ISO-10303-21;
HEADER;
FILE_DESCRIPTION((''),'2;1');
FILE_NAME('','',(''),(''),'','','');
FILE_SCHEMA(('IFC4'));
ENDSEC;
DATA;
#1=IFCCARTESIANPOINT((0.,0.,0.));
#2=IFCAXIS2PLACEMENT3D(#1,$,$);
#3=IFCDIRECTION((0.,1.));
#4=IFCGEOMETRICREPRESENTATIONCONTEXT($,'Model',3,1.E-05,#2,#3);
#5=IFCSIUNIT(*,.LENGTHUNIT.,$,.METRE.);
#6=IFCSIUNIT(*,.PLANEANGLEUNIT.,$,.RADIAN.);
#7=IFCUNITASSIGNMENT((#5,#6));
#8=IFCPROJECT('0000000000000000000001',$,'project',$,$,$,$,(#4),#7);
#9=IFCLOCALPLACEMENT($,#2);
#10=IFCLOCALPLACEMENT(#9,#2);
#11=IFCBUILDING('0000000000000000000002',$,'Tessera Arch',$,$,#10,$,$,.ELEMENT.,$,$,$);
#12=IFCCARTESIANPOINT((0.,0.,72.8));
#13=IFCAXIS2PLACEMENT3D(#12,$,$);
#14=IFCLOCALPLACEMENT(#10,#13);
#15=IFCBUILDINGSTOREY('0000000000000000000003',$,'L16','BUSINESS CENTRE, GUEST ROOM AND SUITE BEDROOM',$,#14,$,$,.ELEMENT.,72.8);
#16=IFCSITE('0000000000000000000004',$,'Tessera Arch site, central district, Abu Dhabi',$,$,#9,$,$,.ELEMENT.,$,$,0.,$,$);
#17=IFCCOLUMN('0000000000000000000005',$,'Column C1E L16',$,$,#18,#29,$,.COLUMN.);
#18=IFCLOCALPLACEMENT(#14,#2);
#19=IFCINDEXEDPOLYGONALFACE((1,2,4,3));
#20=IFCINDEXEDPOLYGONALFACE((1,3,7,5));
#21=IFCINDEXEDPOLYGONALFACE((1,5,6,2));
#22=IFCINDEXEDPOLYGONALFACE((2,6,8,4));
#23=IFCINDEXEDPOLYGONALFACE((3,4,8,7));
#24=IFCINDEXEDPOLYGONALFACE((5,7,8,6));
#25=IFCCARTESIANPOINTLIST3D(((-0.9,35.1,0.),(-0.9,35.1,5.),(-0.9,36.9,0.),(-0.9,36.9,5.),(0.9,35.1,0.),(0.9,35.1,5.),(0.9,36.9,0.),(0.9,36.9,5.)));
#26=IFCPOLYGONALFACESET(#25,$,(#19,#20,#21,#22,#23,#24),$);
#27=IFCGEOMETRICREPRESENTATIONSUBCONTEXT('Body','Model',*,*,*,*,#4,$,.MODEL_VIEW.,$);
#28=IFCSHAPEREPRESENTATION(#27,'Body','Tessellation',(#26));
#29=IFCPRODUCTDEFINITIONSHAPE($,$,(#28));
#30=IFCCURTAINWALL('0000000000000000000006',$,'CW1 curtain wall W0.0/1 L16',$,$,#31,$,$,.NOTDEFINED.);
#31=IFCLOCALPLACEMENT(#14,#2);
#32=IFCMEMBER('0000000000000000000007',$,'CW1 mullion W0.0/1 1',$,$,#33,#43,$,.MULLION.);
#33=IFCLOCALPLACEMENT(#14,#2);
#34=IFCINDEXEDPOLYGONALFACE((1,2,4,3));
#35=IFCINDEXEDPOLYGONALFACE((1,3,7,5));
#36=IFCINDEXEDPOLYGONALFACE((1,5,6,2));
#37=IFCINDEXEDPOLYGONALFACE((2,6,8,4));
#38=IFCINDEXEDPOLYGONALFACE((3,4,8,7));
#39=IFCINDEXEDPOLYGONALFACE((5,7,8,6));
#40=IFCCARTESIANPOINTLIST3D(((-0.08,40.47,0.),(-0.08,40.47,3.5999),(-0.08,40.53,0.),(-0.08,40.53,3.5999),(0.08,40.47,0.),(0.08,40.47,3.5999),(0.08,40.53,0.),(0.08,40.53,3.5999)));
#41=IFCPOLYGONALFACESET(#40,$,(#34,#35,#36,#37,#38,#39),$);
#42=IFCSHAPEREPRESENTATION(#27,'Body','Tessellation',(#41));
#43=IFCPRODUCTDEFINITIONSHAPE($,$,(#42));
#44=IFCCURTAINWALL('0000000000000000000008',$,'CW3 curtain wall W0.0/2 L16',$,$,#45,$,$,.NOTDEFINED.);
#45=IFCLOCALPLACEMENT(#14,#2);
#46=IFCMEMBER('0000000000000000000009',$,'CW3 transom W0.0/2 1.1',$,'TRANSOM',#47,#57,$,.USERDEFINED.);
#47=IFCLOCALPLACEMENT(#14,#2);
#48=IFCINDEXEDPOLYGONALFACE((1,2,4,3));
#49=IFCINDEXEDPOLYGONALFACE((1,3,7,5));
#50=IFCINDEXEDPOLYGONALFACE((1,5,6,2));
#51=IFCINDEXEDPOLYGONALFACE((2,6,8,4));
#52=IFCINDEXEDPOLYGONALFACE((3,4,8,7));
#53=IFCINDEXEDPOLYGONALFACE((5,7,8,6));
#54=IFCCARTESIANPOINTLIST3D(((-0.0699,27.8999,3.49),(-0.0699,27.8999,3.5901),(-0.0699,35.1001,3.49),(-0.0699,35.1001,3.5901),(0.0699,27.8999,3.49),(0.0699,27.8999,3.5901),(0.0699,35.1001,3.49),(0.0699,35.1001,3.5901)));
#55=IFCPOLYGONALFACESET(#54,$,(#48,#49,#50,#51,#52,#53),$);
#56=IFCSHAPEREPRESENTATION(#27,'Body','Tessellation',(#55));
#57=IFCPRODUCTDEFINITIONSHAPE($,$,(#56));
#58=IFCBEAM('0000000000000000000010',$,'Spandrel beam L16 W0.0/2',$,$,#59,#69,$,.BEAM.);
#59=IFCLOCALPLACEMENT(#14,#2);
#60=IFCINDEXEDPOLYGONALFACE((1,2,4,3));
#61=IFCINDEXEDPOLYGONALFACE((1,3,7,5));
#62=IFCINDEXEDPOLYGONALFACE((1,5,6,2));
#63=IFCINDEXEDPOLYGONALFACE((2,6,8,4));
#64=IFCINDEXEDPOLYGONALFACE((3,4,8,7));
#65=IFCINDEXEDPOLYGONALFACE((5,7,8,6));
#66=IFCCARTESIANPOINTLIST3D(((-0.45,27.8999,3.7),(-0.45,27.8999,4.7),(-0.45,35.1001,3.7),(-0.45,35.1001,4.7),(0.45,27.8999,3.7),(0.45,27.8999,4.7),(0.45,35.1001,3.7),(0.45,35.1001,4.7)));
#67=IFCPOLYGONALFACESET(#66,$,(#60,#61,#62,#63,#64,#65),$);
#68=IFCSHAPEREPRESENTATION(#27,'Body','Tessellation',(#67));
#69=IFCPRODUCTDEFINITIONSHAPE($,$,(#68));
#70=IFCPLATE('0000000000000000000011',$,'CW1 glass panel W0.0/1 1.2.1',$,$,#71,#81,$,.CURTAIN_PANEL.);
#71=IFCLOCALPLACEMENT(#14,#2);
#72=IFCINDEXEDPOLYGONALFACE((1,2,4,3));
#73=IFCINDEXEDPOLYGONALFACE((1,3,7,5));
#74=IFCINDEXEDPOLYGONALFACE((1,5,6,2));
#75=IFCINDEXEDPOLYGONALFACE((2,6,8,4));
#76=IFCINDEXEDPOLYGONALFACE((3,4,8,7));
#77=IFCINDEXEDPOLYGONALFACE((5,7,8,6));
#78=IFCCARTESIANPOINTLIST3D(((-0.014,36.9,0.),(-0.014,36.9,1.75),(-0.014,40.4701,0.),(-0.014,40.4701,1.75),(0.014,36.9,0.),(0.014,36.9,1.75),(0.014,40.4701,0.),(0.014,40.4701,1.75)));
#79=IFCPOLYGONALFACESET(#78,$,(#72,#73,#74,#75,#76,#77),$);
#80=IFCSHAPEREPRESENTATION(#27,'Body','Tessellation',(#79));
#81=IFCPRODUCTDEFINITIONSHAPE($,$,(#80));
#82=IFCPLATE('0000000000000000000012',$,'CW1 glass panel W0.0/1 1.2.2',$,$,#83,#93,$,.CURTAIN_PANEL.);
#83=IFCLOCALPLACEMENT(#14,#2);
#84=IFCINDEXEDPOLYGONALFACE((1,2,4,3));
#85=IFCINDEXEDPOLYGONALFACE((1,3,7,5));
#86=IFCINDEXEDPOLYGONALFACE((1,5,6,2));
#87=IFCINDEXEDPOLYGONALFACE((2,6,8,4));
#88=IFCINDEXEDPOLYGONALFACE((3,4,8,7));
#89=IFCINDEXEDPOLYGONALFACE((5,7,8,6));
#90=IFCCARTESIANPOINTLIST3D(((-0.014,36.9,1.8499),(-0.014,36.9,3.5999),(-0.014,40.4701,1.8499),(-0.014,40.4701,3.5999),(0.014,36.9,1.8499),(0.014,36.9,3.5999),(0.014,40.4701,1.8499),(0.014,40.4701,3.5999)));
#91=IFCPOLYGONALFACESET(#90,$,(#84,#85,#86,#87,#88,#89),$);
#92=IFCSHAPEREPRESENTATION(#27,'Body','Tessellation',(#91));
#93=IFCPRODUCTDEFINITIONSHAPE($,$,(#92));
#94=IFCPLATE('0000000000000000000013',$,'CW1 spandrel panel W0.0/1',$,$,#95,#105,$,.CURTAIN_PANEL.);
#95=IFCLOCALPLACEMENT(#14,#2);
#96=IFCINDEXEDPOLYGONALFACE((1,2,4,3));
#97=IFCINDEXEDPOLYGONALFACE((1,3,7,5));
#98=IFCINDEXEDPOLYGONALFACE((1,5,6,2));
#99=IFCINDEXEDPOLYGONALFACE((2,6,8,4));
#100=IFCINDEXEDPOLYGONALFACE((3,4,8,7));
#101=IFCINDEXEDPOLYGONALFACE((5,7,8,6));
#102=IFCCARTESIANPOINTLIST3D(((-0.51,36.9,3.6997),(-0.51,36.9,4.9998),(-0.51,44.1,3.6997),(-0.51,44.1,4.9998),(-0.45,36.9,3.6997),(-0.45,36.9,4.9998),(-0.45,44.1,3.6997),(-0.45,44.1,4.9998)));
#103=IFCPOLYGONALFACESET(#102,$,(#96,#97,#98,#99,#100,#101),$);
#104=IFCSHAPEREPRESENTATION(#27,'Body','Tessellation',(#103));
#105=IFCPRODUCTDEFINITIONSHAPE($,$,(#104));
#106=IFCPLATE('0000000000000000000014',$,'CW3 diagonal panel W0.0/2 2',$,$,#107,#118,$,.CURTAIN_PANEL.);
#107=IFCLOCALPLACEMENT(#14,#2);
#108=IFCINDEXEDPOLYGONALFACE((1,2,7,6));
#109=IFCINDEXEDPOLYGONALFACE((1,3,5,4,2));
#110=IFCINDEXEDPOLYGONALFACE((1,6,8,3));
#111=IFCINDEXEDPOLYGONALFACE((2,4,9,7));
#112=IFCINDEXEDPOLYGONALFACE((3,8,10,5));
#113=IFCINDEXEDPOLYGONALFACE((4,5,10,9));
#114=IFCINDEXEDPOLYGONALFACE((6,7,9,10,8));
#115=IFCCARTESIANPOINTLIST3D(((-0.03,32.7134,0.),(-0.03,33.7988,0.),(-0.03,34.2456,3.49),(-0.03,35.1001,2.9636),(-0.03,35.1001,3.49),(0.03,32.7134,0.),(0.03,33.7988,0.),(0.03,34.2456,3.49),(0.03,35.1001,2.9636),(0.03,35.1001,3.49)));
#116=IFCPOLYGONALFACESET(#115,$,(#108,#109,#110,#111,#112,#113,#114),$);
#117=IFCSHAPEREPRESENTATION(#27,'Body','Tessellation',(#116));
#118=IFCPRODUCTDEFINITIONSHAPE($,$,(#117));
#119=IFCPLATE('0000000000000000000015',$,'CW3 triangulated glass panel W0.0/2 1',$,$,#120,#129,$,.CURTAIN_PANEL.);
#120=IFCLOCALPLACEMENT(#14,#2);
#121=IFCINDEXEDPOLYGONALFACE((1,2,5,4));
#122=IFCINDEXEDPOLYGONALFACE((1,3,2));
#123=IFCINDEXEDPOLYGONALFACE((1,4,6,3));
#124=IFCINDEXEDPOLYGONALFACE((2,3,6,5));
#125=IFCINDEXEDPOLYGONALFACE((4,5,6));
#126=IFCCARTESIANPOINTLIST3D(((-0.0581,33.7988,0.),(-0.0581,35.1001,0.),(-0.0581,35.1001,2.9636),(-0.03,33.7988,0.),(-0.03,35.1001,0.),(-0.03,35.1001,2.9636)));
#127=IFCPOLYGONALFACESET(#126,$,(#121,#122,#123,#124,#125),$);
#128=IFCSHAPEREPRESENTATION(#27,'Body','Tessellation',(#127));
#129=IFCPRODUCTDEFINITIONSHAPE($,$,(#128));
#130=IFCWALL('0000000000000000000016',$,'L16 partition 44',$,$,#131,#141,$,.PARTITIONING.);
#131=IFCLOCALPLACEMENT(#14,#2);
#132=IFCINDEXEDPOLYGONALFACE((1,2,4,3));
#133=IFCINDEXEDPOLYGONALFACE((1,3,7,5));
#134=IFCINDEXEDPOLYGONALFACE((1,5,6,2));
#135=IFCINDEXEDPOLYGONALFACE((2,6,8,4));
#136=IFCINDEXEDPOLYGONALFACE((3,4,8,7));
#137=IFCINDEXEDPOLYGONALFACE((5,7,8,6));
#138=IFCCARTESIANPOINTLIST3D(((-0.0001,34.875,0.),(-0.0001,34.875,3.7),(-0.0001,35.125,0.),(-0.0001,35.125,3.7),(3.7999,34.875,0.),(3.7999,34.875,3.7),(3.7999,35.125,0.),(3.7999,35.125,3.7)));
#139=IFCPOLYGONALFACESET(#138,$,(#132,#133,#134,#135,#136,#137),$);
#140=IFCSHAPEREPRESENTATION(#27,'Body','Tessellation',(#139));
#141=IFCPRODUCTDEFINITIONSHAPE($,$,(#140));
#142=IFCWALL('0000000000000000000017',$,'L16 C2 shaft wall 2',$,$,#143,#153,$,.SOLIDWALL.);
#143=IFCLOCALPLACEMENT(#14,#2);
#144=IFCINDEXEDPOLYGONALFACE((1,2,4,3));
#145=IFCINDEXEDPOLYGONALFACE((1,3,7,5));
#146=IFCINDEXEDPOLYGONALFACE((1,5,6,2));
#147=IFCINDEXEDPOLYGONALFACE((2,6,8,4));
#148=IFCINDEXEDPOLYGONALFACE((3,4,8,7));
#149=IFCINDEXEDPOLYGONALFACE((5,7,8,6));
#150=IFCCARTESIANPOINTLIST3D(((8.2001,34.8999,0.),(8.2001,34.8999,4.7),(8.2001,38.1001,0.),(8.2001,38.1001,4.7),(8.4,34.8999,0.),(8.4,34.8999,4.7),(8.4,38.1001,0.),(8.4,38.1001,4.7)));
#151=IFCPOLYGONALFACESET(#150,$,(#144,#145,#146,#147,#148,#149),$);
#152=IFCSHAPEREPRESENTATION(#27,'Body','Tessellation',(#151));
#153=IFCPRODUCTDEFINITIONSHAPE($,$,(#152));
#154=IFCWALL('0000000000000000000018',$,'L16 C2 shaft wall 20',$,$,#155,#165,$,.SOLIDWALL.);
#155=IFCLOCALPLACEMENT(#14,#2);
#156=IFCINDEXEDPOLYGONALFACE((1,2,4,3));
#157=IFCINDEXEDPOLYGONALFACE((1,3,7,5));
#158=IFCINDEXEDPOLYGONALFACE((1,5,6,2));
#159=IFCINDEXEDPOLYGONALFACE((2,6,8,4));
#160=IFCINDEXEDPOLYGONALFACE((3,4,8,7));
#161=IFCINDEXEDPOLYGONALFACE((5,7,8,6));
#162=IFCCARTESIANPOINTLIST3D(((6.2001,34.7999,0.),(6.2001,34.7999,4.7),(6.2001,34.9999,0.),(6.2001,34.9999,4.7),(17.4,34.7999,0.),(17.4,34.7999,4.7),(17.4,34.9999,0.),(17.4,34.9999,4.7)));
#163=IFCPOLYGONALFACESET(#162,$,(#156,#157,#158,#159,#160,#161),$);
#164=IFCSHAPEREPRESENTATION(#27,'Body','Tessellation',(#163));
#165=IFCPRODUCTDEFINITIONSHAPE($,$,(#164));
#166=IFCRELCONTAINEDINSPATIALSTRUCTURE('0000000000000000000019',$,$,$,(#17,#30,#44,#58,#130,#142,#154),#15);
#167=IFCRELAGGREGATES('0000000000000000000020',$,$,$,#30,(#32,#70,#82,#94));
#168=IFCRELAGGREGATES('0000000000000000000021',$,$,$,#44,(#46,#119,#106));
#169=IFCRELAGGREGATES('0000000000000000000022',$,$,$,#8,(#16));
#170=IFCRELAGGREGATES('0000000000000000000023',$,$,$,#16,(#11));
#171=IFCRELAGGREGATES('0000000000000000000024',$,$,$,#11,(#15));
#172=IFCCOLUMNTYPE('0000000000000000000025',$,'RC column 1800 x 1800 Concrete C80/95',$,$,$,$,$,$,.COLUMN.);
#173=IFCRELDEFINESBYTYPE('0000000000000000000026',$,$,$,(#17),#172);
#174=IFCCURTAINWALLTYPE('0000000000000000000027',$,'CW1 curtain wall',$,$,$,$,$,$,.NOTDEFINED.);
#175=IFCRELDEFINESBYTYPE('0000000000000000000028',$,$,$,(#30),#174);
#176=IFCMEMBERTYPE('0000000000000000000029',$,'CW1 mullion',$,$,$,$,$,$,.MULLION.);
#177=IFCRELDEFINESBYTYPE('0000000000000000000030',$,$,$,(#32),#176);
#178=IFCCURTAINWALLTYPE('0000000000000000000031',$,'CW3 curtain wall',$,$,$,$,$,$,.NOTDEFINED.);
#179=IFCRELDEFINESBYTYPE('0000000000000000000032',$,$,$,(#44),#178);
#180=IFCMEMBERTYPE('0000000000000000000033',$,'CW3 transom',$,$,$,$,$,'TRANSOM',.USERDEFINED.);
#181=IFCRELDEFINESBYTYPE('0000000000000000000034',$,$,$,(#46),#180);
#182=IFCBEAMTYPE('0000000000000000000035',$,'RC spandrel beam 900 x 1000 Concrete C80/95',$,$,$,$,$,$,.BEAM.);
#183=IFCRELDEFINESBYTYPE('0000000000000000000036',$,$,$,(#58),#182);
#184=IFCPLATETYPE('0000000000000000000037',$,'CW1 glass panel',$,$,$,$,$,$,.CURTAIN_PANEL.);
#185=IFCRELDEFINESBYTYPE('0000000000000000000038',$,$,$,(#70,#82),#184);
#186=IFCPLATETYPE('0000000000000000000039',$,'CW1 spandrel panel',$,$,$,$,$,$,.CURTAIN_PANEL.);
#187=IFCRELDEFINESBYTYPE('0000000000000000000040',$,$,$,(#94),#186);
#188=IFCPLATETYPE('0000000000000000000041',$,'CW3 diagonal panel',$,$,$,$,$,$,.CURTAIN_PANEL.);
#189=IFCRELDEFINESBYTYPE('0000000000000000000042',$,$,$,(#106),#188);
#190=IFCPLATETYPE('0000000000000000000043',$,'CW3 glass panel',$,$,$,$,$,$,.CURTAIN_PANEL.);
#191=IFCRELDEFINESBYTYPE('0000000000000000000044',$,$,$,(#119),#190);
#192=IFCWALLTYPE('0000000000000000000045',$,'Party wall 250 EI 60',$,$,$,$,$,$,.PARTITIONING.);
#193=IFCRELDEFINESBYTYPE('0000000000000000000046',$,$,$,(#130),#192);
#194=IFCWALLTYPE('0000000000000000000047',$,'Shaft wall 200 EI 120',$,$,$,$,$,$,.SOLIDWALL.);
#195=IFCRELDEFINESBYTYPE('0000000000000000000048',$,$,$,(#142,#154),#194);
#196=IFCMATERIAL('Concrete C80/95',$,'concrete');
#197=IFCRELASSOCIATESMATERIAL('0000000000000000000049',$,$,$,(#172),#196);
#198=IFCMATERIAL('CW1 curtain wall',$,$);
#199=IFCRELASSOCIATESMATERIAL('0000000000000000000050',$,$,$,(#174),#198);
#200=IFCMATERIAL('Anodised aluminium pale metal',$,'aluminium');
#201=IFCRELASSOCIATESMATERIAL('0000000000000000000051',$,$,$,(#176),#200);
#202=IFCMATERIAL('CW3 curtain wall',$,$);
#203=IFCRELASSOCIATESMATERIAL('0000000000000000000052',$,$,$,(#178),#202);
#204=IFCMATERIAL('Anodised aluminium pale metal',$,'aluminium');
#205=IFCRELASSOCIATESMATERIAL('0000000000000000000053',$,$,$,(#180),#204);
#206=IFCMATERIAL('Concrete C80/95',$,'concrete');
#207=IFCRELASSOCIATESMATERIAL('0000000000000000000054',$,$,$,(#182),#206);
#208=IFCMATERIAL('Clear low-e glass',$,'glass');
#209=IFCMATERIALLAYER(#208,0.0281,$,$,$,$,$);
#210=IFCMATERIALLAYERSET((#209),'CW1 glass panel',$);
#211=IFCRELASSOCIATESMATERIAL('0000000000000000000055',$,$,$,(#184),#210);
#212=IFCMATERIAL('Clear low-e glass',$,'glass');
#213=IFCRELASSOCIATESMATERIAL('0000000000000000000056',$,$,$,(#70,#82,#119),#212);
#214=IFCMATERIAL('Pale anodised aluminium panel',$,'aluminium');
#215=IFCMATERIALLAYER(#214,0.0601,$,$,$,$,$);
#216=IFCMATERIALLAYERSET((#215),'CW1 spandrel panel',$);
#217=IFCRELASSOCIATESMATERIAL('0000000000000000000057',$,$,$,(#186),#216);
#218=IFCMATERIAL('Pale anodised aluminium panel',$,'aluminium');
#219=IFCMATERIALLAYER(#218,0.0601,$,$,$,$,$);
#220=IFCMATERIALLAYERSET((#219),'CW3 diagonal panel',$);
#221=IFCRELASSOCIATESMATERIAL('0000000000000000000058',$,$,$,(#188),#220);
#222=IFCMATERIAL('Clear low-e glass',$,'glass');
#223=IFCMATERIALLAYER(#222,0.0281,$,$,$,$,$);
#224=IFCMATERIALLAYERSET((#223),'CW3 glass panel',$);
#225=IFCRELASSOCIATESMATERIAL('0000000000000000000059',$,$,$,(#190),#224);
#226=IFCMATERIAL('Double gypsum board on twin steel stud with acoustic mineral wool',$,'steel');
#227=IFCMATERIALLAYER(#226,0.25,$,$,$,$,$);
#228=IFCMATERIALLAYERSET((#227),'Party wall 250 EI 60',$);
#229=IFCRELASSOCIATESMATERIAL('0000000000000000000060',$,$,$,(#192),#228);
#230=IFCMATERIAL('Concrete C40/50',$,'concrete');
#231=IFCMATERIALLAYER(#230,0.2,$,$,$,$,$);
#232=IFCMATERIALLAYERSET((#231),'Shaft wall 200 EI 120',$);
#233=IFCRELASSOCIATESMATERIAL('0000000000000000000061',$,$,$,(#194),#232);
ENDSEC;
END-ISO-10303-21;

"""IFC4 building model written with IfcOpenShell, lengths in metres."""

from ifc_helpers import new_model, si_unit, direction, frame, frame_2d, origin, origin_2d, place, context, subcontext, project, spatial, polyline, rectangle, outline, extrude, material, layer, layer_set, material_profile, profile_set, type_object, element, aggregate, save


model = new_model("IFC4")

# Units and contexts
model_context = context("Model", 3, precision=1e-05, world=origin(), true_north=direction((0.0, 1.0)))
body_context = subcontext(model_context, "Body", "Model", "MODEL_VIEW")
ifc_project = project(units=[si_unit("LENGTHUNIT", "METRE"), si_unit("PLANEANGLEUNIT", "RADIAN")], contexts=[model_context])

# Site, building, storey
site_placement = place(None, origin())
site = spatial("IfcSite", under=ifc_project, at=site_placement, Name="Tessera Arch site, central district, Abu Dhabi", CompositionType="ELEMENT", RefElevation=0.0)
building_placement = place(site_placement, origin())
building = spatial("IfcBuilding", under=site, at=building_placement, Name="Tessera Arch", CompositionType="ELEMENT")
storey_placement = place(building_placement, frame((0.0, 0.0, 72.8)))
storey = spatial("IfcBuildingStorey", under=building, at=storey_placement, Name="L16", Description="BUSINESS CENTRE, GUEST ROOM AND SUITE BEDROOM", CompositionType="ELEMENT", Elevation=72.8)

# Column
ifc_material_1 = material(Name="Concrete C80/95", Category="concrete")
ifc_material_profile_1 = material_profile(ifc_material_1, rectangle(XDim=1.8, YDim=1.8, at=origin_2d()), Name="RC column 1800 x 1800 Concrete C80/95")
ifc_profile_set_1 = profile_set([ifc_material_profile_1], Name="Concrete C80/95")
column_type = type_object("IfcColumnType", Name="RC column 1800 x 1800 Concrete C80/95", PredefinedType="COLUMN", material=ifc_profile_set_1)
column_placement = place(storey_placement, frame((0.0, 36.0, 0.0), z_axis=(0.0, 0.0, 1.0), x_axis=(1.0, 0.0, 0.0)))
element("IfcColumn", 1, at=column_placement, inside=storey, type_object=column_type, Name="Column C1E L16", PredefinedType="COLUMN", context=body_context, shape_type="SweptSolid", body=[
    extrude(rectangle(XDim=1.8, YDim=1.8, at=origin_2d()), origin(), (0.0, 0.0, 1.0), 5.0),
])

# Curtain walls, members
ifc_material_2 = material(Name="CW1 curtain wall")
curtain_wall_type_1 = type_object("IfcCurtainWallType", Name="CW1 curtain wall", PredefinedType="NOTDEFINED", material=ifc_material_2)
curtain_wall_1_placement = place(storey_placement, origin())
curtain_wall_1 = element("IfcCurtainWall", 2, at=curtain_wall_1_placement, inside=storey, type_object=curtain_wall_type_1, Name="CW1 curtain wall W0.0/1 L16", PredefinedType="NOTDEFINED")
ifc_material_3 = material(Name="Anodised aluminium pale metal", Category="aluminium")
ifc_material_profile_2 = material_profile(ifc_material_3, rectangle(XDim=0.1599, YDim=0.0601, at=origin_2d()), Name="AL 60x160")
ifc_profile_set_2 = profile_set([ifc_material_profile_2], Name="Anodised aluminium pale metal")
member_type_1 = type_object("IfcMemberType", Name="CW1 mullion", PredefinedType="MULLION", material=ifc_profile_set_2)
member_1_placement = place(storey_placement, frame((0.0, 40.5, 0.0), z_axis=(0.0, 0.0, 1.0), x_axis=(1.0, 0.0, 0.0)))
member_1 = element("IfcMember", 3, at=member_1_placement, type_object=member_type_1, Name="CW1 mullion W0.0/1 1", PredefinedType="MULLION", context=body_context, shape_type="SweptSolid", body=[
    extrude(rectangle(XDim=0.1599, YDim=0.0601, at=origin_2d()), origin(), (0.0, 0.0, 1.0), 3.5999),
])
ifc_material_4 = material(Name="CW3 curtain wall")
curtain_wall_type_2 = type_object("IfcCurtainWallType", Name="CW3 curtain wall", PredefinedType="NOTDEFINED", material=ifc_material_4)
curtain_wall_2_placement = place(storey_placement, origin())
curtain_wall_2 = element("IfcCurtainWall", 4, at=curtain_wall_2_placement, inside=storey, type_object=curtain_wall_type_2, Name="CW3 curtain wall W0.0/2 L16", PredefinedType="NOTDEFINED")
ifc_material_5 = material(Name="Anodised aluminium pale metal", Category="aluminium")
ifc_material_profile_3 = material_profile(ifc_material_5, rectangle(XDim=0.1399, YDim=0.1001, at=origin_2d()), Name="AL 140x100")
ifc_profile_set_3 = profile_set([ifc_material_profile_3], Name="Anodised aluminium pale metal")
member_type_2 = type_object("IfcMemberType", Name="CW3 transom", ElementType="TRANSOM", PredefinedType="USERDEFINED", material=ifc_profile_set_3)
member_2_placement = place(storey_placement, frame((0.0, 35.1001, 3.54), z_axis=(0.0, -1.0, 0.0), x_axis=(1.0, 0.0, 0.0)))
member_2 = element("IfcMember", 5, at=member_2_placement, type_object=member_type_2, Name="CW3 transom W0.0/2 1.1", ObjectType="TRANSOM", PredefinedType="USERDEFINED", context=body_context, shape_type="SweptSolid", body=[
    extrude(rectangle(XDim=0.1399, YDim=0.1001, at=origin_2d()), origin(), (0.0, 0.0, 1.0), 7.2002),
])

# Beam
ifc_material_6 = material(Name="Concrete C80/95", Category="concrete")
ifc_material_profile_4 = material_profile(ifc_material_6, rectangle(XDim=0.8999, YDim=1.0, at=origin_2d()), Name="RC spandrel beam 900 x 1000 Concrete C80/95")
ifc_profile_set_4 = profile_set([ifc_material_profile_4], Name="Concrete C80/95")
beam_type = type_object("IfcBeamType", Name="RC spandrel beam 900 x 1000 Concrete C80/95", PredefinedType="BEAM", material=ifc_profile_set_4)
beam_placement = place(storey_placement, frame((0.0, 35.1001, 4.2), z_axis=(0.0, -1.0, 0.0), x_axis=(1.0, 0.0, 0.0)))
element("IfcBeam", 6, at=beam_placement, inside=storey, type_object=beam_type, Name="Spandrel beam L16 W0.0/2", PredefinedType="BEAM", context=body_context, shape_type="SweptSolid", body=[
    extrude(rectangle(XDim=0.8999, YDim=1.0, at=origin_2d()), origin(), (0.0, 0.0, 1.0), 7.2002),
])

# Plates
ifc_material_7 = material(Name="Clear low-e glass", Category="glass")
ifc_material_8 = material(Name="Clear low-e glass", Category="glass")
ifc_layer_1 = layer(ifc_material_8, 0.0281)
ifc_layer_set_1 = layer_set([ifc_layer_1], Name="CW1 glass panel")
plate_type_1 = type_object("IfcPlateType", Name="CW1 glass panel", PredefinedType="CURTAIN_PANEL", material=ifc_layer_set_1)
plate_1_placement = place(storey_placement, frame((0.0, 38.6851, 0.0), z_axis=(0.0, 0.0, 1.0), x_axis=(0.0, -1.0, 0.0)))
plate_1 = element("IfcPlate", 7, at=plate_1_placement, type_object=plate_type_1, material=ifc_material_7, Name="CW1 glass panel W0.0/1 1.2.1", PredefinedType="CURTAIN_PANEL", context=body_context, shape_type="SweptSolid", body=[
    extrude(rectangle(XDim=3.5701, YDim=0.0281, at=origin_2d()), origin(), (0.0, 0.0, 1.0), 1.75),
])
plate_2_placement = place(storey_placement, frame((0.0, 38.6851, 1.8499), z_axis=(0.0, 0.0, 1.0), x_axis=(0.0, -1.0, 0.0)))
plate_2 = element("IfcPlate", 8, at=plate_2_placement, type_object=plate_type_1, material=ifc_material_7, Name="CW1 glass panel W0.0/1 1.2.2", PredefinedType="CURTAIN_PANEL", context=body_context, shape_type="SweptSolid", body=[
    extrude(rectangle(XDim=3.5701, YDim=0.0281, at=origin_2d()), origin(), (0.0, 0.0, 1.0), 1.75),
])
ifc_material_9 = material(Name="Pale anodised aluminium panel", Category="aluminium")
ifc_layer_2 = layer(ifc_material_9, 0.0601)
ifc_layer_set_2 = layer_set([ifc_layer_2], Name="CW1 spandrel panel")
plate_type_2 = type_object("IfcPlateType", Name="CW1 spandrel panel", PredefinedType="CURTAIN_PANEL", material=ifc_layer_set_2)
plate_3_placement = place(storey_placement, frame((-0.48, 40.5, 3.6997), z_axis=(0.0, 0.0, 1.0), x_axis=(0.0, -1.0, 0.0)))
plate_3 = element("IfcPlate", 9, at=plate_3_placement, type_object=plate_type_2, Name="CW1 spandrel panel W0.0/1", PredefinedType="CURTAIN_PANEL", context=body_context, shape_type="SweptSolid", body=[
    extrude(rectangle(XDim=7.2, YDim=0.0601, at=origin_2d()), origin(), (0.0, 0.0, 1.0), 1.3),
])
aggregate(curtain_wall_1, [member_1, plate_1, plate_2, plate_3])
ifc_material_10 = material(Name="Pale anodised aluminium panel", Category="aluminium")
ifc_layer_3 = layer(ifc_material_10, 0.0601)
ifc_layer_set_3 = layer_set([ifc_layer_3], Name="CW3 diagonal panel")
plate_type_3 = type_object("IfcPlateType", Name="CW3 diagonal panel", PredefinedType="CURTAIN_PANEL", material=ifc_layer_set_3)
plate_4_placement = place(storey_placement, frame((-0.03, 35.1001, 3.49), z_axis=(-1.0, 0.0, 0.0), x_axis=(0.0, 0.0, -1.0)))
plate_4 = element("IfcPlate", 10, at=plate_4_placement, type_object=plate_type_3, Name="CW3 diagonal panel W0.0/2 2", PredefinedType="CURTAIN_PANEL", context=body_context, shape_type="SweptSolid", body=[
    extrude(outline(polyline([(0.0, 0.0), (0.5264, 0.0), (3.49, 1.3013), (3.49, 2.3867), (0.0, 0.8545), (0.0, 0.0)])), origin(), (0.0, 0.0, -1.0), 0.0601),
])
ifc_material_11 = material(Name="Clear low-e glass", Category="glass")
ifc_layer_4 = layer(ifc_material_11, 0.0281)
ifc_layer_set_4 = layer_set([ifc_layer_4], Name="CW3 glass panel")
plate_type_4 = type_object("IfcPlateType", Name="CW3 glass panel", PredefinedType="CURTAIN_PANEL", material=ifc_layer_set_4)
plate_5_placement = place(storey_placement, frame((-0.0581, 35.1001, 0.0), z_axis=(-1.0, 0.0, 0.0), x_axis=(0.0, -1.0, 0.0)))
plate_5 = element("IfcPlate", 11, at=plate_5_placement, type_object=plate_type_4, material=ifc_material_7, Name="CW3 triangulated glass panel W0.0/2 1", PredefinedType="CURTAIN_PANEL", context=body_context, shape_type="SweptSolid", body=[
    extrude(outline(polyline([(0.0, 0.0), (1.3013, 0.0), (0.0, 2.9636), (0.0, 0.0)])), origin(), (0.0, 0.0, -1.0), 0.0281),
])
aggregate(curtain_wall_2, [member_2, plate_5, plate_4])

# Walls
ifc_material_12 = material(Name="Double gypsum board on twin steel stud with acoustic mineral wool", Category="steel")
ifc_layer_5 = layer(ifc_material_12, 0.25)
ifc_layer_set_5 = layer_set([ifc_layer_5], Name="Party wall 250 EI 60")
wall_type_1 = type_object("IfcWallType", Name="Party wall 250 EI 60", PredefinedType="PARTITIONING", material=ifc_layer_set_5)
wall_1_placement = place(storey_placement, frame((0.0, 35.0, 0.0), z_axis=(0.0, 0.0, 1.0), x_axis=(1.0, 0.0, 0.0)))
element("IfcWall", 12, at=wall_1_placement, inside=storey, type_object=wall_type_1, Name="L16 partition 44", PredefinedType="PARTITIONING", context=body_context, shape_type="SweptSolid", body=[
    extrude(rectangle(XDim=3.8, YDim=0.25, at=frame_2d((1.8999, 0.0))), origin(), (0.0, 0.0, 1.0), 3.7),
])
ifc_material_13 = material(Name="Concrete C40/50", Category="concrete")
ifc_layer_6 = layer(ifc_material_13, 0.2)
ifc_layer_set_6 = layer_set([ifc_layer_6], Name="Shaft wall 200 EI 120")
wall_type_2 = type_object("IfcWallType", Name="Shaft wall 200 EI 120", PredefinedType="SOLIDWALL", material=ifc_layer_set_6)
wall_2_placement = place(storey_placement, frame((8.3, 34.8999, 0.0), z_axis=(0.0, 0.0, 1.0), x_axis=(0.0, 1.0, 0.0)))
element("IfcWall", 13, at=wall_2_placement, inside=storey, type_object=wall_type_2, Name="L16 C2 shaft wall 2", PredefinedType="SOLIDWALL", context=body_context, shape_type="SweptSolid", body=[
    extrude(rectangle(XDim=3.2002, YDim=0.2, at=frame_2d((1.6001, 0.0))), origin(), (0.0, 0.0, 1.0), 4.7),
])
wall_3_placement = place(storey_placement, frame((6.2, 34.8999, 0.0), z_axis=(0.0, 0.0, 1.0), x_axis=(1.0, 0.0, 0.0)))
element("IfcWall", 14, at=wall_3_placement, inside=storey, type_object=wall_type_2, Name="L16 C2 shaft wall 20", PredefinedType="SOLIDWALL", context=body_context, shape_type="SweptSolid", body=[
    extrude(rectangle(XDim=11.2, YDim=0.2, at=frame_2d((5.6001, 0.0))), origin(), (0.0, 0.0, 1.0), 4.7),
])

save(model, "model.ifc")
